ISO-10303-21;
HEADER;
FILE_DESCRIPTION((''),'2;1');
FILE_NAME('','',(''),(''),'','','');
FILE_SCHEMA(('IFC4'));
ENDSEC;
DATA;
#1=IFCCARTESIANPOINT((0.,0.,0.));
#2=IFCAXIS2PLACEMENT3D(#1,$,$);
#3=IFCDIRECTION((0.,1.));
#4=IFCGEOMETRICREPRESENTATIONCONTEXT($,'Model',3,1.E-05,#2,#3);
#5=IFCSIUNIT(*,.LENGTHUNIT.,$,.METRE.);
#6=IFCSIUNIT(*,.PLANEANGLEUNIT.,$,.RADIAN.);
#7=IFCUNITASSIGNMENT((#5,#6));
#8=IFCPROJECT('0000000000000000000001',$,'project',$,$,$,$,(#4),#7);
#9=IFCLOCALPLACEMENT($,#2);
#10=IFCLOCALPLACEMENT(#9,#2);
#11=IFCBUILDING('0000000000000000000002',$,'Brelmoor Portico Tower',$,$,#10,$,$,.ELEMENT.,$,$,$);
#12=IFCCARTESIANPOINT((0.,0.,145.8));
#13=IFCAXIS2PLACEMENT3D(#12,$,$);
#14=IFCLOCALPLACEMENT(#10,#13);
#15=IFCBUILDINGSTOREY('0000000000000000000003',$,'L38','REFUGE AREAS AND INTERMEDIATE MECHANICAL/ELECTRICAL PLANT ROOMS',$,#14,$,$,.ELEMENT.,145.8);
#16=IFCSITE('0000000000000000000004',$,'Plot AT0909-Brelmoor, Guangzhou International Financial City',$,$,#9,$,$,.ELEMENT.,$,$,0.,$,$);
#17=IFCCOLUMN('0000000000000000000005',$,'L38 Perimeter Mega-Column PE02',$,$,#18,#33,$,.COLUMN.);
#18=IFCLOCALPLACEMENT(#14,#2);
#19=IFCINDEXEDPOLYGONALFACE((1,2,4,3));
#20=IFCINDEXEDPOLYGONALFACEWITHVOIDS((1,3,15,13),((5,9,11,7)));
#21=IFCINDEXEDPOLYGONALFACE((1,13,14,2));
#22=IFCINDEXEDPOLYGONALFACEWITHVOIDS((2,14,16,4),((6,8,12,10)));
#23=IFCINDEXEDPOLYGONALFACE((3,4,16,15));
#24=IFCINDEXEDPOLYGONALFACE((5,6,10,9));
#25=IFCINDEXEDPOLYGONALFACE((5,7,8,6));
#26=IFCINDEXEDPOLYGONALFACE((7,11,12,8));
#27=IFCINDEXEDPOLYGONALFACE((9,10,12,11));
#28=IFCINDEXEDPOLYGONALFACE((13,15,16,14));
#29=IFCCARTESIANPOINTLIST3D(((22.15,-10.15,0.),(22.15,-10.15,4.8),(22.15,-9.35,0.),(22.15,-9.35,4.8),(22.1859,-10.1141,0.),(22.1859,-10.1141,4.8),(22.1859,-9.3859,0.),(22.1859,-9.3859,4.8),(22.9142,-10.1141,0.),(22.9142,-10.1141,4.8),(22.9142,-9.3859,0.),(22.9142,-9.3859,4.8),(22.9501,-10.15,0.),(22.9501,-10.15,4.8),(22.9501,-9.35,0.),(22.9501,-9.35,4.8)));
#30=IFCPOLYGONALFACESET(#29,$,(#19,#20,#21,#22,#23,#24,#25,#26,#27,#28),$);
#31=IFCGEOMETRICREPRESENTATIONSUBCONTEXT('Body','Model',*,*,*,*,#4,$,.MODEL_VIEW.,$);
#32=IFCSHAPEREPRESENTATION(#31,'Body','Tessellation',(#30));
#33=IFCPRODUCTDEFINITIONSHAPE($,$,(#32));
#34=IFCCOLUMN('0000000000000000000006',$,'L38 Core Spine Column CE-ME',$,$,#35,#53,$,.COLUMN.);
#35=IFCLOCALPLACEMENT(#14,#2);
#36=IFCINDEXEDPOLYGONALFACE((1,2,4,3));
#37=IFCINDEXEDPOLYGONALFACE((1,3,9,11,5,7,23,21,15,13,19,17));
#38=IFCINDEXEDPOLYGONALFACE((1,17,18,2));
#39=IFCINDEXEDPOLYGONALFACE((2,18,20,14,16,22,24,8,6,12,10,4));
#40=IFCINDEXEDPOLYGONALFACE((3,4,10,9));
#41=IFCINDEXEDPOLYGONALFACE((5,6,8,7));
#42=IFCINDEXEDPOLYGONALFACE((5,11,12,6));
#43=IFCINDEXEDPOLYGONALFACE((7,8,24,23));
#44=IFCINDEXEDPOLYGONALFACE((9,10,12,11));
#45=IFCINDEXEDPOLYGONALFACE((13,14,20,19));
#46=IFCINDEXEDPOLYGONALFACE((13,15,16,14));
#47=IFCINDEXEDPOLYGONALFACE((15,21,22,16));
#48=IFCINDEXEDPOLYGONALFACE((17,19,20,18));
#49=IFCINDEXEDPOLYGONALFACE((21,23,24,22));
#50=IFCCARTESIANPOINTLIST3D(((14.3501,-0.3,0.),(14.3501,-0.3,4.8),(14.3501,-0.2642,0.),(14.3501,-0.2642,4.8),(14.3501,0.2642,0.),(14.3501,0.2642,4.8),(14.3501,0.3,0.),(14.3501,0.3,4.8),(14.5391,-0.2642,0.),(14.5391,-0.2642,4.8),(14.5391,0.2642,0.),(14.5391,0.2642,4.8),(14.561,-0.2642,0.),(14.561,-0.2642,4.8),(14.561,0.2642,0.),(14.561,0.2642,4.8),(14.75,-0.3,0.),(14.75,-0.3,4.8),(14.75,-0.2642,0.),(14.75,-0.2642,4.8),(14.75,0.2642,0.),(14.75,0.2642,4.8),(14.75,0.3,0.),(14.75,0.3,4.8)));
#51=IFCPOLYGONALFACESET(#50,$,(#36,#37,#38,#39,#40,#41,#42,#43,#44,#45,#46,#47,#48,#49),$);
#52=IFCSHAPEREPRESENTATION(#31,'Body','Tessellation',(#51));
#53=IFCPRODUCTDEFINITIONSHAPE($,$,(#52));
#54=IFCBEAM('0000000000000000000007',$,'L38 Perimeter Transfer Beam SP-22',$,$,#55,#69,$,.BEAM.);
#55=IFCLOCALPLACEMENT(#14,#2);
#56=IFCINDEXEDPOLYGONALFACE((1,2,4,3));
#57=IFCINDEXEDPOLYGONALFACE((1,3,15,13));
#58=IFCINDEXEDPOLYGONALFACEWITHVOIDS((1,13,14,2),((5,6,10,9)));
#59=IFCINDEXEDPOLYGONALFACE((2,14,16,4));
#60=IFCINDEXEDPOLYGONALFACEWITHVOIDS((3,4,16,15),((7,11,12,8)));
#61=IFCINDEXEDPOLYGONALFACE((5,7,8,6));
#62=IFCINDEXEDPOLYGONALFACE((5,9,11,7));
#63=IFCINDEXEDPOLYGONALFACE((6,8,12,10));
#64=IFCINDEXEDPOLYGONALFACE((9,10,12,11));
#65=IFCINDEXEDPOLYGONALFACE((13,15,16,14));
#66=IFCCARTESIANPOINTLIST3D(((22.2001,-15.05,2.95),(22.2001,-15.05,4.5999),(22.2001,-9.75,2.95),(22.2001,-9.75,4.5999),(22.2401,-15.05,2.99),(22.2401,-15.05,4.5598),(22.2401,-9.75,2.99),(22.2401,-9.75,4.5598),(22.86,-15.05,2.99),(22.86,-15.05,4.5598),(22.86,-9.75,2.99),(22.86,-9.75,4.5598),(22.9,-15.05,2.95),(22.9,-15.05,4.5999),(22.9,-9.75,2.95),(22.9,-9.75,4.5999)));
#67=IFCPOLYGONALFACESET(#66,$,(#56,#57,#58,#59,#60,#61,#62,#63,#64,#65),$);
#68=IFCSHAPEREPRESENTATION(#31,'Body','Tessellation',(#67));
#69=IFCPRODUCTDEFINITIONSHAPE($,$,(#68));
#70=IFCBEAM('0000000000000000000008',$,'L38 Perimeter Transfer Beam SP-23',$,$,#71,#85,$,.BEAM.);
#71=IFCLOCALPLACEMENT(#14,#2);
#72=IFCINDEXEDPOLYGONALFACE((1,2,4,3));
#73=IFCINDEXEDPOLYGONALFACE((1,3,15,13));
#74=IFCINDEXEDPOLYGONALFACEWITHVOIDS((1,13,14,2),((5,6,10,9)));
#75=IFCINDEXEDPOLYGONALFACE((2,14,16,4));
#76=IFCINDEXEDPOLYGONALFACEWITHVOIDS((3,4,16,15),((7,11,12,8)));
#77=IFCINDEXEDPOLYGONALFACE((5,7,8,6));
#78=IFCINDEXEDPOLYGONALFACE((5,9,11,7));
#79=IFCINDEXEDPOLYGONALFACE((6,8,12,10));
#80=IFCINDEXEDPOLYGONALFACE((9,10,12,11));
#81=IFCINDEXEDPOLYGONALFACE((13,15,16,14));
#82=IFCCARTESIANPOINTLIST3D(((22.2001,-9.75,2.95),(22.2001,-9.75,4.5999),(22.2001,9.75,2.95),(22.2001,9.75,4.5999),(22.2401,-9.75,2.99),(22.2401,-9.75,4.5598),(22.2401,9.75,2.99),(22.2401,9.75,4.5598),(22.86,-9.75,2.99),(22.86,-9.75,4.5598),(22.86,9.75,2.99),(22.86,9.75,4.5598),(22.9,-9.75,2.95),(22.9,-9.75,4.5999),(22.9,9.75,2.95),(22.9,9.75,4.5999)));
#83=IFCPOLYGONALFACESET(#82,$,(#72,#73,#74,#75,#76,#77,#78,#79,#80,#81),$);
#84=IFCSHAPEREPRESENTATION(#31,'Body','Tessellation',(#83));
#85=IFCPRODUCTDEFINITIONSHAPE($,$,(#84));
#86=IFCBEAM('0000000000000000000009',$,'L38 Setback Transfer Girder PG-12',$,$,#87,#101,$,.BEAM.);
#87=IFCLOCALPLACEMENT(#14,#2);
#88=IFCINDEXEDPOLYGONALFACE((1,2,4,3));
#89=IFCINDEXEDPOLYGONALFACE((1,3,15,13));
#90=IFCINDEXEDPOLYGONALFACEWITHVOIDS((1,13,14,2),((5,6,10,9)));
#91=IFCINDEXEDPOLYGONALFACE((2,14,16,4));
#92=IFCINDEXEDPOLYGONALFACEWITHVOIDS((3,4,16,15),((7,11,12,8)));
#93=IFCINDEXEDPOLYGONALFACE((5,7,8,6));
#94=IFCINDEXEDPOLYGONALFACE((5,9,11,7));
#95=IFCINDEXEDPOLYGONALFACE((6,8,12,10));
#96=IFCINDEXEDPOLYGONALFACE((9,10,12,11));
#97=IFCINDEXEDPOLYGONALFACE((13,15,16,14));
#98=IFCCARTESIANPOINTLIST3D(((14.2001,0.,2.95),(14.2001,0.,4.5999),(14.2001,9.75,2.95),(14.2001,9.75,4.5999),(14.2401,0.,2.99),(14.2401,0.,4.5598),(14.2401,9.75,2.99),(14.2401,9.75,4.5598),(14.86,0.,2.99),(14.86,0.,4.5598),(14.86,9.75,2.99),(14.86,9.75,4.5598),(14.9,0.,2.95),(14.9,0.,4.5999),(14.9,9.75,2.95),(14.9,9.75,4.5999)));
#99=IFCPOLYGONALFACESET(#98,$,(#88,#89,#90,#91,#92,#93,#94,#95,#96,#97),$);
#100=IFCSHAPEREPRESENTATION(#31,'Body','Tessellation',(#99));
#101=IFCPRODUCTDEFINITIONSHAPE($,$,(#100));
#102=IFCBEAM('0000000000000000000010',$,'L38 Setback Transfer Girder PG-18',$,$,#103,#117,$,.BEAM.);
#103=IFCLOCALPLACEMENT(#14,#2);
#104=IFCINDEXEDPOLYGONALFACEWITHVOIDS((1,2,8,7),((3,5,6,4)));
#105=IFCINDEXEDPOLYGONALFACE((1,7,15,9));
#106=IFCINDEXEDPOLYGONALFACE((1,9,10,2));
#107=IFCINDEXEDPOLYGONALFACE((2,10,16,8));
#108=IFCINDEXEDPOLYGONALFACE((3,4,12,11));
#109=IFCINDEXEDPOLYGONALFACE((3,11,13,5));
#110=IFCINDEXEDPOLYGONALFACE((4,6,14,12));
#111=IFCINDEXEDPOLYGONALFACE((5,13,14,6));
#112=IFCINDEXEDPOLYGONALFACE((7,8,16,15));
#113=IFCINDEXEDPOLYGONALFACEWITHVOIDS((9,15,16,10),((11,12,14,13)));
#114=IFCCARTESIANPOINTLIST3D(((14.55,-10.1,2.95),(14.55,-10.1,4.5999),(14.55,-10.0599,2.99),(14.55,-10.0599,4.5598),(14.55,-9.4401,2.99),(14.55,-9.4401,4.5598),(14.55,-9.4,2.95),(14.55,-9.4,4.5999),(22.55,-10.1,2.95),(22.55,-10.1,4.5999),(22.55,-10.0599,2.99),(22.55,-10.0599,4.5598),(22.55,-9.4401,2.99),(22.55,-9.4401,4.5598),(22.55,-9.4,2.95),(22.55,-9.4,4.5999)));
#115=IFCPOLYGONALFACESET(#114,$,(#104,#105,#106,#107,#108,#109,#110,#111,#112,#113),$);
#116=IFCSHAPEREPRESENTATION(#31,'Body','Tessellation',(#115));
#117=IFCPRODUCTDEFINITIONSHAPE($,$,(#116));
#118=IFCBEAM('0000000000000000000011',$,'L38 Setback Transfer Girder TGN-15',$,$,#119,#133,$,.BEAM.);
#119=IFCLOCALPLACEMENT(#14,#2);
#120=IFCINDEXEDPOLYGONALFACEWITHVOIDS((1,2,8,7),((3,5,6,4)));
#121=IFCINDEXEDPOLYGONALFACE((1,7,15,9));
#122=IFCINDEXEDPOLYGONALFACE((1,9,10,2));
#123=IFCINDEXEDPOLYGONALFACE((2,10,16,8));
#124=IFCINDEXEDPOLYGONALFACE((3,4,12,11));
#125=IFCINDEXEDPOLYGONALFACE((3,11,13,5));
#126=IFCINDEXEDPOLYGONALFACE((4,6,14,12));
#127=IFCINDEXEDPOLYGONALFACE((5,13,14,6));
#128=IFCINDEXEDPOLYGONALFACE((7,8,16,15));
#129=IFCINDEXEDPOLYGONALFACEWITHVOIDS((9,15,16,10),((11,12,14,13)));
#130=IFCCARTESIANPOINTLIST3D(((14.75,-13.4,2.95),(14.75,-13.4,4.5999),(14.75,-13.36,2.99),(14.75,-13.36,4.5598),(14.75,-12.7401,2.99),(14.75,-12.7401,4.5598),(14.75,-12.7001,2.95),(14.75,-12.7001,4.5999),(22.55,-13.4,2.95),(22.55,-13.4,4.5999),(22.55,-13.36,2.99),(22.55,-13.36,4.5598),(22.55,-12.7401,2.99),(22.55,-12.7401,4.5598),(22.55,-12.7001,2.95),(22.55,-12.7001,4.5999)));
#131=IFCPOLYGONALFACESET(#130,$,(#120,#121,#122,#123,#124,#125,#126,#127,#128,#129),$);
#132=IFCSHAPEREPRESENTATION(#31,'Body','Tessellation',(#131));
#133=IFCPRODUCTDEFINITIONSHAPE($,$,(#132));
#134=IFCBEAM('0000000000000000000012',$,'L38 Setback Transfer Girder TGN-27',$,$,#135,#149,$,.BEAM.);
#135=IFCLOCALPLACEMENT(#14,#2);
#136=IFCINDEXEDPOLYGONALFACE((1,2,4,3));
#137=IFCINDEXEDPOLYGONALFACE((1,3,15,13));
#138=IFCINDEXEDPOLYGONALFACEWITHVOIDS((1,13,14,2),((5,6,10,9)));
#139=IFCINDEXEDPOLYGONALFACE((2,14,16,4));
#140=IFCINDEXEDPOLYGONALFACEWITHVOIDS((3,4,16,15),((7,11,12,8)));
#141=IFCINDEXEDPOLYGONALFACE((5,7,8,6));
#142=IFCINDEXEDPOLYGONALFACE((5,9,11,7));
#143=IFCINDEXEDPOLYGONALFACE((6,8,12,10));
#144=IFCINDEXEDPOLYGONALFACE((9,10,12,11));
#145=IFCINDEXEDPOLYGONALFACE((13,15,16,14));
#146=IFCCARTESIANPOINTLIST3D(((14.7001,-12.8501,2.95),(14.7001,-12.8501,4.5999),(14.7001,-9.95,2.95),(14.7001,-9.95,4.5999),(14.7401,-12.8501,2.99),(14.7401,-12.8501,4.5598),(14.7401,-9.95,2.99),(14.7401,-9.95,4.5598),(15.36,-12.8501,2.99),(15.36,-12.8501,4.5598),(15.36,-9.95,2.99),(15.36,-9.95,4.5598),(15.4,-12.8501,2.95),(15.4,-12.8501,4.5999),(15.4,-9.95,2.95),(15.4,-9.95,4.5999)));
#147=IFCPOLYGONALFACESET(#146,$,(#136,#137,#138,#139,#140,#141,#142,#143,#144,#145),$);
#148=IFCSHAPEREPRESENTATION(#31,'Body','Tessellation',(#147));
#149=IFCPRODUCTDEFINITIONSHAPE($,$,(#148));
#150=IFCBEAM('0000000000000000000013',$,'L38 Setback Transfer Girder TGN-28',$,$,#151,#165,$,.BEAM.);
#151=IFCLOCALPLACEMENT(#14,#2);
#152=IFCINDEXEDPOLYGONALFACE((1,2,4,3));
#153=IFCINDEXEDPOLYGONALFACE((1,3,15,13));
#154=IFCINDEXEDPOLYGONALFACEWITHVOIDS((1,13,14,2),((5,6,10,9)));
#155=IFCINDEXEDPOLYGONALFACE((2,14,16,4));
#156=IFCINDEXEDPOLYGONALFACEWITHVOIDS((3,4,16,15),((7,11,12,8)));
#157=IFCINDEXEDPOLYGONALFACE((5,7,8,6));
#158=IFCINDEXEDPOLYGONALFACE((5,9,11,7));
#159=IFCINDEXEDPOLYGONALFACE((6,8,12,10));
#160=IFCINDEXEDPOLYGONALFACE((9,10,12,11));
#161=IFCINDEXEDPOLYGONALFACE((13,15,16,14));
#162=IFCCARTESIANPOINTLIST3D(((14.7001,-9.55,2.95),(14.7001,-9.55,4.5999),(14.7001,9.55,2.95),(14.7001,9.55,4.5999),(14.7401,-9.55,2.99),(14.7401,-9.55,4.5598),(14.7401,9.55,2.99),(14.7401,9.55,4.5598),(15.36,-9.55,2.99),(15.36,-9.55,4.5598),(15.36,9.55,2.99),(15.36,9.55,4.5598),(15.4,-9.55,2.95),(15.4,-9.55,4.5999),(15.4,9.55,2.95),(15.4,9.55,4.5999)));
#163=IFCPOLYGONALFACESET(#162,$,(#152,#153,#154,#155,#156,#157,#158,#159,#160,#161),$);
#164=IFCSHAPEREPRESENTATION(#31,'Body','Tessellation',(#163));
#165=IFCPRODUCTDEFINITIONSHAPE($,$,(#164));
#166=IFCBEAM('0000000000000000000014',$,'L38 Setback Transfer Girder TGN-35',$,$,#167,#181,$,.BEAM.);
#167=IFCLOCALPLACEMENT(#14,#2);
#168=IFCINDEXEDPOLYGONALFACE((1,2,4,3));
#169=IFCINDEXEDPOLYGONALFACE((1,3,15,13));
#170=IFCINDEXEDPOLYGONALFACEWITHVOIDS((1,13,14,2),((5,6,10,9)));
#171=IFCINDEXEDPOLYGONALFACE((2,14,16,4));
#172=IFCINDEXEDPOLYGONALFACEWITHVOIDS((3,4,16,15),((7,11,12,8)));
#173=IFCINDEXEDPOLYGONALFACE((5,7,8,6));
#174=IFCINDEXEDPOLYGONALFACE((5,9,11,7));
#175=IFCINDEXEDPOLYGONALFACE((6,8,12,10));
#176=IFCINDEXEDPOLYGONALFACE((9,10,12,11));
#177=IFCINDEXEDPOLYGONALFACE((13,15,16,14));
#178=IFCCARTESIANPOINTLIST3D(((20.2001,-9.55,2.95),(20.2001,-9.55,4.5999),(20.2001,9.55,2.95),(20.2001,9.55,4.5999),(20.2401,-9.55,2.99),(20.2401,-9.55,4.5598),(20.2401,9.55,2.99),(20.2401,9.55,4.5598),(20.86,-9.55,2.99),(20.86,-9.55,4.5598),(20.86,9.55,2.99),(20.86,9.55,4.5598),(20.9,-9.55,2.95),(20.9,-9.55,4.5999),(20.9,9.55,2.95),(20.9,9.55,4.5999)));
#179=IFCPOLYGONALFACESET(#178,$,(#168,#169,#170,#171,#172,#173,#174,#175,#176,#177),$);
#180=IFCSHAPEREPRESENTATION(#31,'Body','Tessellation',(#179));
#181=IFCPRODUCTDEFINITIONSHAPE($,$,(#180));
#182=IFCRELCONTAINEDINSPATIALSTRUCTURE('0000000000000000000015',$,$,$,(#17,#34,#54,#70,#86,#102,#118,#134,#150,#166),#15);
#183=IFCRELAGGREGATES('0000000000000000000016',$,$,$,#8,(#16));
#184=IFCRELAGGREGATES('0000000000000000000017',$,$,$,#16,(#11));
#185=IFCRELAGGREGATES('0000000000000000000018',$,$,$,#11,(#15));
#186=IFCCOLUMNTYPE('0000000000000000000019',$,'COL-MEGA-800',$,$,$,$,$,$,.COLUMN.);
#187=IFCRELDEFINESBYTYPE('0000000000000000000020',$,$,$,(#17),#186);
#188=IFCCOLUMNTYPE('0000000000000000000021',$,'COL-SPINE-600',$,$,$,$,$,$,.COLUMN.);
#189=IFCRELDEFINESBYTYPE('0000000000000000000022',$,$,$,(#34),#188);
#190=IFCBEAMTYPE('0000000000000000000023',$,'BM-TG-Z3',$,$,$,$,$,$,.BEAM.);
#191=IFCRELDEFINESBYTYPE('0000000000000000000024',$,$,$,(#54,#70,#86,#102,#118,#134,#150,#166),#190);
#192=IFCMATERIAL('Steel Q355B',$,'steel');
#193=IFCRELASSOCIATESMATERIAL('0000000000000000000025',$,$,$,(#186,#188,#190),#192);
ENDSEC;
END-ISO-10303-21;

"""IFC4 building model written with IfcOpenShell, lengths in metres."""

from ifc_helpers import new_model, si_unit, direction, frame, origin, origin_2d, place, context, subcontext, project, spatial, hollow_rectangle, i_section, extrude, material, material_profile, profile_set, type_object, element, save


model = new_model("IFC4")

# Units and contexts
model_context = context("Model", 3, precision=1e-05, world=origin(), true_north=direction((0.0, 1.0)))
body_context = subcontext(model_context, "Body", "Model", "MODEL_VIEW")
ifc_project = project(units=[si_unit("LENGTHUNIT", "METRE"), si_unit("PLANEANGLEUNIT", "RADIAN")], contexts=[model_context])

# Site, building, storey
site_placement = place(None, origin())
site = spatial("IfcSite", under=ifc_project, at=site_placement, Name="Plot AT0909-Brelmoor, Guangzhou International Financial City", CompositionType="ELEMENT", RefElevation=0.0)
building_placement = place(site_placement, origin())
building = spatial("IfcBuilding", under=site, at=building_placement, Name="Brelmoor Portico Tower", CompositionType="ELEMENT")
storey_placement = place(building_placement, frame((0.0, 0.0, 145.8)))
storey = spatial("IfcBuildingStorey", under=building, at=storey_placement, Name="L38", Description="REFUGE AREAS AND INTERMEDIATE MECHANICAL/ELECTRICAL PLANT ROOMS", CompositionType="ELEMENT", Elevation=145.8)

# Columns
ifc_material_1 = material(Name="Steel Q355B", Category="steel")
ifc_material_profile_1 = material_profile(ifc_material_1, hollow_rectangle(XDim=0.8, YDim=0.8, WallThickness=0.0359, at=origin_2d()), Name="BOX 800x800x36")
ifc_profile_set_1 = profile_set([ifc_material_profile_1], Name="Steel Q355B")
column_type_1 = type_object("IfcColumnType", Name="COL-MEGA-800", PredefinedType="COLUMN", material=ifc_profile_set_1)
column_1_placement = place(storey_placement, frame((22.55, -9.75, 0.0), z_axis=(0.0, 0.0, 1.0), x_axis=(0.0, 1.0, 0.0)))
element("IfcColumn", 1, at=column_1_placement, inside=storey, type_object=column_type_1, Name="L38 Perimeter Mega-Column PE02", PredefinedType="COLUMN", context=body_context, shape_type="SweptSolid", body=[
    extrude(hollow_rectangle(XDim=0.8, YDim=0.8, WallThickness=0.0359, at=origin_2d()), origin(), (0.0, 0.0, 1.0), 4.8),
])
ifc_material_profile_2 = material_profile(ifc_material_1, i_section(OverallWidth=0.3999, OverallDepth=0.6001, WebThickness=0.022, FlangeThickness=0.0359, at=origin_2d()), Name="HW 600x400x22x36")
ifc_profile_set_2 = profile_set([ifc_material_profile_2], Name="Steel Q355B")
column_type_2 = type_object("IfcColumnType", Name="COL-SPINE-600", PredefinedType="COLUMN", material=ifc_profile_set_2)
column_2_placement = place(storey_placement, frame((14.55, 0.0, 0.0), z_axis=(0.0, 0.0, 1.0), x_axis=(1.0, 0.0, 0.0)))
element("IfcColumn", 2, at=column_2_placement, inside=storey, type_object=column_type_2, Name="L38 Core Spine Column CE-ME", PredefinedType="COLUMN", context=body_context, shape_type="SweptSolid", body=[
    extrude(i_section(OverallWidth=0.3999, OverallDepth=0.6001, WebThickness=0.022, FlangeThickness=0.0359, at=origin_2d()), origin(), (0.0, 0.0, 1.0), 4.8),
])

# Beams
ifc_material_profile_3 = material_profile(ifc_material_1, hollow_rectangle(XDim=0.7, YDim=1.6499, WallThickness=0.04, at=origin_2d()), Name="BOX 700x1650x40")
ifc_profile_set_3 = profile_set([ifc_material_profile_3], Name="Steel Q355B")
beam_type = type_object("IfcBeamType", Name="BM-TG-Z3", PredefinedType="BEAM", material=ifc_profile_set_3)
beam_1_placement = place(storey_placement, frame((22.55, -15.05, 3.7749), z_axis=(0.0, 1.0, 0.0), x_axis=(-1.0, 0.0, 0.0)))
element("IfcBeam", 3, at=beam_1_placement, inside=storey, type_object=beam_type, Name="L38 Perimeter Transfer Beam SP-22", PredefinedType="BEAM", context=body_context, shape_type="SweptSolid", body=[
    extrude(hollow_rectangle(XDim=0.7, YDim=1.6499, WallThickness=0.04, at=origin_2d()), origin(), (0.0, 0.0, 1.0), 5.3),
])
beam_2_placement = place(storey_placement, frame((22.55, -9.75, 3.7749), z_axis=(0.0, 1.0, 0.0), x_axis=(-1.0, 0.0, 0.0)))
element("IfcBeam", 4, at=beam_2_placement, inside=storey, type_object=beam_type, Name="L38 Perimeter Transfer Beam SP-23", PredefinedType="BEAM", context=body_context, shape_type="SweptSolid", body=[
    extrude(hollow_rectangle(XDim=0.7, YDim=1.6499, WallThickness=0.04, at=origin_2d()), origin(), (0.0, 0.0, 1.0), 19.5),
])
beam_3_placement = place(storey_placement, frame((14.55, 0.0, 3.7749), z_axis=(0.0, 1.0, 0.0), x_axis=(-1.0, 0.0, 0.0)))
element("IfcBeam", 5, at=beam_3_placement, inside=storey, type_object=beam_type, Name="L38 Setback Transfer Girder PG-12", PredefinedType="BEAM", context=body_context, shape_type="SweptSolid", body=[
    extrude(hollow_rectangle(XDim=0.7, YDim=1.6499, WallThickness=0.04, at=origin_2d()), origin(), (0.0, 0.0, 1.0), 9.75),
])
beam_4_placement = place(storey_placement, frame((14.55, -9.75, 3.7749), z_axis=(1.0, 0.0, 0.0), x_axis=(0.0, 1.0, 0.0)))
element("IfcBeam", 6, at=beam_4_placement, inside=storey, type_object=beam_type, Name="L38 Setback Transfer Girder PG-18", PredefinedType="BEAM", context=body_context, shape_type="SweptSolid", body=[
    extrude(hollow_rectangle(XDim=0.7, YDim=1.6499, WallThickness=0.04, at=origin_2d()), origin(), (0.0, 0.0, 1.0), 8.0),
])
beam_5_placement = place(storey_placement, frame((14.75, -13.05, 3.7749), z_axis=(1.0, 0.0, 0.0), x_axis=(0.0, 1.0, 0.0)))
element("IfcBeam", 7, at=beam_5_placement, inside=storey, type_object=beam_type, Name="L38 Setback Transfer Girder TGN-15", PredefinedType="BEAM", context=body_context, shape_type="SweptSolid", body=[
    extrude(hollow_rectangle(XDim=0.7, YDim=1.6499, WallThickness=0.04, at=origin_2d()), origin(), (0.0, 0.0, 1.0), 7.8),
])
beam_6_placement = place(storey_placement, frame((15.05, -12.8501, 3.7749), z_axis=(0.0, 1.0, 0.0), x_axis=(-1.0, 0.0, 0.0)))
element("IfcBeam", 8, at=beam_6_placement, inside=storey, type_object=beam_type, Name="L38 Setback Transfer Girder TGN-27", PredefinedType="BEAM", context=body_context, shape_type="SweptSolid", body=[
    extrude(hollow_rectangle(XDim=0.7, YDim=1.6499, WallThickness=0.04, at=origin_2d()), origin(), (0.0, 0.0, 1.0), 2.9001),
])
for number, where, z_axis, x_axis, name in (
    (9, (15.05, -9.55, 3.7749), (0.0, 1.0, 0.0), (-1.0, 0.0, 0.0), "L38 Setback Transfer Girder TGN-28"),
    (10, (20.55, -9.55, 3.7749), (0.0, 1.0, 0.0), (-1.0, 0.0, 0.0), "L38 Setback Transfer Girder TGN-35"),
):
    element("IfcBeam", number, at=place(storey_placement, frame(where, z_axis=z_axis, x_axis=x_axis)), inside=storey, type_object=beam_type, Name=name, PredefinedType="BEAM", context=body_context, shape_type="SweptSolid", body=[
        extrude(hollow_rectangle(XDim=0.7, YDim=1.6499, WallThickness=0.04, at=origin_2d()), origin(), (0.0, 0.0, 1.0), 19.1001),
    ])

save(model, "model.ifc")
